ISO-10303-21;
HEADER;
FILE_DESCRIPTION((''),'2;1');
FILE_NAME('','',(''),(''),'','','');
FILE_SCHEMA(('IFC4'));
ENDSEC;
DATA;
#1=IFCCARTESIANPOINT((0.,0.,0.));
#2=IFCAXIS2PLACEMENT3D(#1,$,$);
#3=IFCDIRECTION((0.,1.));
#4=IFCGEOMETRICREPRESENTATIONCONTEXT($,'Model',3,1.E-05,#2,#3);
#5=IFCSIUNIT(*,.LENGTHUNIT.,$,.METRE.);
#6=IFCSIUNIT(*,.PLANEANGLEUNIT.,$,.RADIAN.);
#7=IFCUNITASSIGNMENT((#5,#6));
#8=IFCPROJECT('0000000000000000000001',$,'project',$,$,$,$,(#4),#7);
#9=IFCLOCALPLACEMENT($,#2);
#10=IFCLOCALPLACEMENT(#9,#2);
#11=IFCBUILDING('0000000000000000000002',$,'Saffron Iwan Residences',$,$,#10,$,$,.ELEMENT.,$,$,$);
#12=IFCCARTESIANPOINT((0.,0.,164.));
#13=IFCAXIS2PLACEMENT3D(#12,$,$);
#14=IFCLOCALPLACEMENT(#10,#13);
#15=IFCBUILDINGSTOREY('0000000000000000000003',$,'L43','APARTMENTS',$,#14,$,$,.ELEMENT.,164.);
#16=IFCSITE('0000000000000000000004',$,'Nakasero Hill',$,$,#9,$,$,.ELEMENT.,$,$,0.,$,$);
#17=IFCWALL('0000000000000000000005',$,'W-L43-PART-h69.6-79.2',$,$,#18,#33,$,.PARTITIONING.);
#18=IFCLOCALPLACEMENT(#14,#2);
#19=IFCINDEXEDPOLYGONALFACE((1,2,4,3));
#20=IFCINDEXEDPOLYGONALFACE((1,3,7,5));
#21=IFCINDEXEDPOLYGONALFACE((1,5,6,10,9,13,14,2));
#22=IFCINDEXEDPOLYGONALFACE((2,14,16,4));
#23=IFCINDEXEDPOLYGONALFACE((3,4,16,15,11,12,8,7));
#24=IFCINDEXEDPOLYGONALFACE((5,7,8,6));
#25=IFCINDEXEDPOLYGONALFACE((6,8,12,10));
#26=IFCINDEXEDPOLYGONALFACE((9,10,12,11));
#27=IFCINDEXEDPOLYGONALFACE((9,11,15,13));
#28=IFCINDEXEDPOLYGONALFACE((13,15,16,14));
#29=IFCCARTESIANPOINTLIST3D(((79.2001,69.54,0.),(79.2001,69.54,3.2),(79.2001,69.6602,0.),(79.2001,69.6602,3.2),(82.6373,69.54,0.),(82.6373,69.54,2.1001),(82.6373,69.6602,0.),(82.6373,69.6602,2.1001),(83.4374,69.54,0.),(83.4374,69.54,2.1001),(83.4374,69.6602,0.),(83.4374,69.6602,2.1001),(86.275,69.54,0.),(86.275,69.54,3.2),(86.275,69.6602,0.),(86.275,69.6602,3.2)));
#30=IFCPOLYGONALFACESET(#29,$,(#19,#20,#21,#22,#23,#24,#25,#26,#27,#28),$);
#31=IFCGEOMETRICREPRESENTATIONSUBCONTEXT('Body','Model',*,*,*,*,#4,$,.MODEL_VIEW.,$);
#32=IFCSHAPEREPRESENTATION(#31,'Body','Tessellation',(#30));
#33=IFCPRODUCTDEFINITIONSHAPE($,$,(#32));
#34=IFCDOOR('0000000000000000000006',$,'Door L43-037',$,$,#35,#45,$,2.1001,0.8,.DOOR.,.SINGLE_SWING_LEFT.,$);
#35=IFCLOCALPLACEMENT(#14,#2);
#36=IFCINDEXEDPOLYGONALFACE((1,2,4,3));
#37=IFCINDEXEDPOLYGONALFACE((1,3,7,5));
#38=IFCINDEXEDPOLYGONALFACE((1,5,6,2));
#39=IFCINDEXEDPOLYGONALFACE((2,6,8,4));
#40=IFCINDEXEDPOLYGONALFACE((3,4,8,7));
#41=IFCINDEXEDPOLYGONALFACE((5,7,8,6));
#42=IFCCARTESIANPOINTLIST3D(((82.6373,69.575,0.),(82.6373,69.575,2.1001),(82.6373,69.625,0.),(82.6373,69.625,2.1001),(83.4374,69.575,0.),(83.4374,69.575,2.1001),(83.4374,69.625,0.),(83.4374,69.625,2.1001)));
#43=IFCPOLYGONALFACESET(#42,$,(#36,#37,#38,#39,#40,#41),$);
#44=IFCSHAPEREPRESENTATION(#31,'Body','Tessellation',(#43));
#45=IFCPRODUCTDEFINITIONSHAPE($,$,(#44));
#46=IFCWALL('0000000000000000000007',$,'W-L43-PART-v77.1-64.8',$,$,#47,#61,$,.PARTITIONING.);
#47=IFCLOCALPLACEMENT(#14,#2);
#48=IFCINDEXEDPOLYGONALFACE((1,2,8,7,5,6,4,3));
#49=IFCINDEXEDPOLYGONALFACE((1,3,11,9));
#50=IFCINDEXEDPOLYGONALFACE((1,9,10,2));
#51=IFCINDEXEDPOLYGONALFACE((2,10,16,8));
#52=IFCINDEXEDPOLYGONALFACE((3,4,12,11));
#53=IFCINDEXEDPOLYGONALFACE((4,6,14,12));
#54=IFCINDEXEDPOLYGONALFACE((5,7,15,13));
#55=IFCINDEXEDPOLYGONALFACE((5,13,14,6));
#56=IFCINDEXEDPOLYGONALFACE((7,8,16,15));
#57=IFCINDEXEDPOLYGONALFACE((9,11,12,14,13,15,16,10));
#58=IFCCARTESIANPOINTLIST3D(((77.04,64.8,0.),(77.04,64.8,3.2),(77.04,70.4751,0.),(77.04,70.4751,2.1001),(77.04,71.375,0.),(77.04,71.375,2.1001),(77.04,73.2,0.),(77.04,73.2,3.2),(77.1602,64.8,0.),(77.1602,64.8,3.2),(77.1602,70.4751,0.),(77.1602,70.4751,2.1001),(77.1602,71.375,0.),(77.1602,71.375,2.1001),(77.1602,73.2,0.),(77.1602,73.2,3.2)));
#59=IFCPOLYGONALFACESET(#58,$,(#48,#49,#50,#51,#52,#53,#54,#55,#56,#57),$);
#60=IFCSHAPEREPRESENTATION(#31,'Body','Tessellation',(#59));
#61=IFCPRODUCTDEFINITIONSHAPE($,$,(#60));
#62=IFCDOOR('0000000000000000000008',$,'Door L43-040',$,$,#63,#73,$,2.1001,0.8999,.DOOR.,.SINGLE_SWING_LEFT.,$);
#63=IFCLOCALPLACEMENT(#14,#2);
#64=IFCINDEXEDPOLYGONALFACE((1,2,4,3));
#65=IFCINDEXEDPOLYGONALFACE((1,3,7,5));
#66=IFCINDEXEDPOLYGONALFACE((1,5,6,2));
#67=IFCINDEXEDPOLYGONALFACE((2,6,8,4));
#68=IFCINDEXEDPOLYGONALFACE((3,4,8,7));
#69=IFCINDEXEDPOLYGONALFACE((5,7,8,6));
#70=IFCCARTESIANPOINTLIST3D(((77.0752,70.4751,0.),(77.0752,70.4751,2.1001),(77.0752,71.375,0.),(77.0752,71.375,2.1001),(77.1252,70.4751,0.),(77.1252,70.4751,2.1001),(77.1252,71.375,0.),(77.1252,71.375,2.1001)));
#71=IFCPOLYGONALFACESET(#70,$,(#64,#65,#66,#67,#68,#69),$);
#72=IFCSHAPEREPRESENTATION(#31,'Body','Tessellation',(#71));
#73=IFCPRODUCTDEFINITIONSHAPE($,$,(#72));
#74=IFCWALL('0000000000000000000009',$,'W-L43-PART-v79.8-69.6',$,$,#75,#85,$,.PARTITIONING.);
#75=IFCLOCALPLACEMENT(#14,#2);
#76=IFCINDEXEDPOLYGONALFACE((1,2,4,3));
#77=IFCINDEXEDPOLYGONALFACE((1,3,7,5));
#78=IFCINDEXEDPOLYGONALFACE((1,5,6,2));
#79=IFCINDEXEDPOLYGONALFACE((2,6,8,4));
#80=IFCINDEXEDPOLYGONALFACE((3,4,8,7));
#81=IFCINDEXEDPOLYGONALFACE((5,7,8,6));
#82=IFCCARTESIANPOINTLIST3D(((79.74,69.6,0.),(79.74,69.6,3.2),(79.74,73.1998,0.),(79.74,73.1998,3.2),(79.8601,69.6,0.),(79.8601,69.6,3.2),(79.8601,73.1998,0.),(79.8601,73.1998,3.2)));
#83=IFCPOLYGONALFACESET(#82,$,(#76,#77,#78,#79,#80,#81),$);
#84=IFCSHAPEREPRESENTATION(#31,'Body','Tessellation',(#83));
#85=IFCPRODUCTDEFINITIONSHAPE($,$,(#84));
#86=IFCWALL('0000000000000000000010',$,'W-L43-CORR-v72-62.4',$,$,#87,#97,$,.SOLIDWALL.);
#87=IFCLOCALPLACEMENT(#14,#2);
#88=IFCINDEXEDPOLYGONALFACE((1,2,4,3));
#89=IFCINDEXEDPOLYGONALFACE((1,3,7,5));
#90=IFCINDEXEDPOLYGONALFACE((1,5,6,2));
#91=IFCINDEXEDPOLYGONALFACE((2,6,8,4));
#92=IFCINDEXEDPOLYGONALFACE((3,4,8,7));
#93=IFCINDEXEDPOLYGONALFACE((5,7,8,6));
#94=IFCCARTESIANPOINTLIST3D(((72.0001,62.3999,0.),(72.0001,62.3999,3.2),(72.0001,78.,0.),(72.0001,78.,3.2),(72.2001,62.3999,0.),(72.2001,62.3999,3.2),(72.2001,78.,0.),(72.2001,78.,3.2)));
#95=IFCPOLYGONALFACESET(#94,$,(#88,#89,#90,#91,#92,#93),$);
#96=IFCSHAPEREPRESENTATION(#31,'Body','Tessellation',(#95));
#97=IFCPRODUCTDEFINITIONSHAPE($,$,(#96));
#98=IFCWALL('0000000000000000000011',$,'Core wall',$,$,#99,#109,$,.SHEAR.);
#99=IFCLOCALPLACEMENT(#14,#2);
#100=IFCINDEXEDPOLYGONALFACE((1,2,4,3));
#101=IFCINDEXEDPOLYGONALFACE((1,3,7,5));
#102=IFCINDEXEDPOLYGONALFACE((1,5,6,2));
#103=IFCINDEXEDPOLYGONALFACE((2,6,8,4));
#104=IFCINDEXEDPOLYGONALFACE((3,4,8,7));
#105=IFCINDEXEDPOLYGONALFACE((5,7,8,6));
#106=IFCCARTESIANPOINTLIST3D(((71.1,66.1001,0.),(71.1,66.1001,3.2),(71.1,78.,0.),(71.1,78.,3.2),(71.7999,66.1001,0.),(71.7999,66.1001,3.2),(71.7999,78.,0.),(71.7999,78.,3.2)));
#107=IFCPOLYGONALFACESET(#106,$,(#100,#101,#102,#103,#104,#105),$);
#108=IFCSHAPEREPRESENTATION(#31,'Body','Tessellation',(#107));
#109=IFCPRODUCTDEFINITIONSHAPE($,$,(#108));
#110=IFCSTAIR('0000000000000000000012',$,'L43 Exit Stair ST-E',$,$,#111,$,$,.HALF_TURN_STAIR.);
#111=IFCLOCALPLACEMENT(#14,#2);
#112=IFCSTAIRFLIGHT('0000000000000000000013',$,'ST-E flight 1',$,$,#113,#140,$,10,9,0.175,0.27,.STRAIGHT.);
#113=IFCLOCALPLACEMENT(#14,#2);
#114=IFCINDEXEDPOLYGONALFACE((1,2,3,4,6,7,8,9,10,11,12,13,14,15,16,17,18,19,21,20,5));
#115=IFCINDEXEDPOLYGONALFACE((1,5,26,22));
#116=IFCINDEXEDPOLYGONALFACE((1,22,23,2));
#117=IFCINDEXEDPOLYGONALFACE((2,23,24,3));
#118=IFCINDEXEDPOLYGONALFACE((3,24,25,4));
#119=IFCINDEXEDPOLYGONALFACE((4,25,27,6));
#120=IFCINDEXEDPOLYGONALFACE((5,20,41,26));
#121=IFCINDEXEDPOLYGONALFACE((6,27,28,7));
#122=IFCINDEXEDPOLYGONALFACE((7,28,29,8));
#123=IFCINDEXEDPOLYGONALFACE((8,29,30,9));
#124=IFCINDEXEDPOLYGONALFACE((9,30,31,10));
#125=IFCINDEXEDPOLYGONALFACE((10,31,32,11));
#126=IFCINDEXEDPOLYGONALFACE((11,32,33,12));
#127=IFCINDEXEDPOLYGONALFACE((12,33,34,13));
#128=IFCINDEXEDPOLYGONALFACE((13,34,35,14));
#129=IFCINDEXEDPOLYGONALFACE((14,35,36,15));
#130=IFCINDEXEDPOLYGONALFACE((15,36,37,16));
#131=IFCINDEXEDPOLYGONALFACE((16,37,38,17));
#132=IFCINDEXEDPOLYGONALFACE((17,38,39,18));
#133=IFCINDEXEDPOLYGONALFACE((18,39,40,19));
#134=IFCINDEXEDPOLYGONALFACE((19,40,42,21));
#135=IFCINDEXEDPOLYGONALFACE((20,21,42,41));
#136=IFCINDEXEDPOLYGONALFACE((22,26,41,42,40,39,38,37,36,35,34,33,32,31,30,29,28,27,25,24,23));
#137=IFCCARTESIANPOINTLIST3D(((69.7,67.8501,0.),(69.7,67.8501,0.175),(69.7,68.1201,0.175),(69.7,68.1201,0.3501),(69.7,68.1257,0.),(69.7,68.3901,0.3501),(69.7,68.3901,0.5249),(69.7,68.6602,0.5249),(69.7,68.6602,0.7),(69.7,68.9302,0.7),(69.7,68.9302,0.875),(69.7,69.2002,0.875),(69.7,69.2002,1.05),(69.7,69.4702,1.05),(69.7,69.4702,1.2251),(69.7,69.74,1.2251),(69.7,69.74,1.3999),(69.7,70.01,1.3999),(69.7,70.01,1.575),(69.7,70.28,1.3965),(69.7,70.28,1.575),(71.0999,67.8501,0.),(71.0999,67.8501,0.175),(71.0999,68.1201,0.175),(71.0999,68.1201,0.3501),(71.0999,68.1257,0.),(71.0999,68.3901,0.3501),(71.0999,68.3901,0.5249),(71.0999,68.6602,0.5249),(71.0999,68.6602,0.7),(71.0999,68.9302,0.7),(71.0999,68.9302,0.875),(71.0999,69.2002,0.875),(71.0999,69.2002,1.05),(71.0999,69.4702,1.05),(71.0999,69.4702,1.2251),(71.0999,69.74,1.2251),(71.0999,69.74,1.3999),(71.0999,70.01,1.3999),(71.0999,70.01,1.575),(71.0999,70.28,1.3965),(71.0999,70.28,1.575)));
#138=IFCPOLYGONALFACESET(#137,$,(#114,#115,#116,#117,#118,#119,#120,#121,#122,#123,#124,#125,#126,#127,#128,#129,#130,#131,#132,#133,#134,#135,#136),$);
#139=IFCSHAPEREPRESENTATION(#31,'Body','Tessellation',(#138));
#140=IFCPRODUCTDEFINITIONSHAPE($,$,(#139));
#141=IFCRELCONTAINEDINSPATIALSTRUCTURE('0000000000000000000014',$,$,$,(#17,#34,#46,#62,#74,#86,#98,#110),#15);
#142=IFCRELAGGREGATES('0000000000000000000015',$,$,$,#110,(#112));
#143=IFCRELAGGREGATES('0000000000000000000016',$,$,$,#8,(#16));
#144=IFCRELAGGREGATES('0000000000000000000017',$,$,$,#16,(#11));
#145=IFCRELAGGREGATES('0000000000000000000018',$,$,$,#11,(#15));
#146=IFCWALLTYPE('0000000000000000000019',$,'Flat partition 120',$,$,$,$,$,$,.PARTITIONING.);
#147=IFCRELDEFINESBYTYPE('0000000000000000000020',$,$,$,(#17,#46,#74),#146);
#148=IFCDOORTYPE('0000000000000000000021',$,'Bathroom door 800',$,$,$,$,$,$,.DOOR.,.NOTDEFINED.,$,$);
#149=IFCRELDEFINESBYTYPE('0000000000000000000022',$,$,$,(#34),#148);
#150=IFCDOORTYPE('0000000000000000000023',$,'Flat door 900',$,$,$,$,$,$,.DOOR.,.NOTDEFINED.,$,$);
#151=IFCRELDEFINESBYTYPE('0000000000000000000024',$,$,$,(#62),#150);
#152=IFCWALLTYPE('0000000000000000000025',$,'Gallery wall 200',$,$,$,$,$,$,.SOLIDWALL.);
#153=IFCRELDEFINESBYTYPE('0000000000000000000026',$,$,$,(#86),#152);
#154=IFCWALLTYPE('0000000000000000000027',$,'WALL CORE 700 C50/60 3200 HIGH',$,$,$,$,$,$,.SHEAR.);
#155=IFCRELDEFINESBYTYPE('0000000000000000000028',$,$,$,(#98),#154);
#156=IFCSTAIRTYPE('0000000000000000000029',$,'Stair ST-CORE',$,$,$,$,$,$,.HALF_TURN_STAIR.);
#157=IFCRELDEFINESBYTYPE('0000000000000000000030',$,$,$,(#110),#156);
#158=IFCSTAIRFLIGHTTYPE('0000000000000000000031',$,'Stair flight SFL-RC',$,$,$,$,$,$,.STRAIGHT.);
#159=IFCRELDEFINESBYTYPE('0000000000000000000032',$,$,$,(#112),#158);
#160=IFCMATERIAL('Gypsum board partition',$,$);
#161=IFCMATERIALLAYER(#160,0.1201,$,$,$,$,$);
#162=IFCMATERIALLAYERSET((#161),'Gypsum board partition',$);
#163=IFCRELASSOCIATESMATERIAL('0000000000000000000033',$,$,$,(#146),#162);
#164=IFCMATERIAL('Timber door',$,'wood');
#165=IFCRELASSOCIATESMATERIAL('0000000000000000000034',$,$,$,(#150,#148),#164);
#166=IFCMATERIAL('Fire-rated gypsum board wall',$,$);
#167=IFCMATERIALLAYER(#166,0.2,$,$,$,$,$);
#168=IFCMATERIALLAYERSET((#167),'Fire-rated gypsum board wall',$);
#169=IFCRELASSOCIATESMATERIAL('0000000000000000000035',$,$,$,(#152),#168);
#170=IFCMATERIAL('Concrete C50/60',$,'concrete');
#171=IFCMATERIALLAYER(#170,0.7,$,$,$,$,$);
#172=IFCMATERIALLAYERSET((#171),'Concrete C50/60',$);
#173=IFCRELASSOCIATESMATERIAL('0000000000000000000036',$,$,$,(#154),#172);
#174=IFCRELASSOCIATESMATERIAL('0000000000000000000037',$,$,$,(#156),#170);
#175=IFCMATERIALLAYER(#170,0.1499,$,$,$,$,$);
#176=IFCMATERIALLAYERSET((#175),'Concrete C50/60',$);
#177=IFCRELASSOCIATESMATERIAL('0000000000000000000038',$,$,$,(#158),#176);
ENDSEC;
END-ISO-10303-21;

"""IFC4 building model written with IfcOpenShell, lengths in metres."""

from ifc_helpers import new_model, si_unit, direction, frame, frame_2d, origin, place, context, subcontext, project, spatial, polyline, rectangle, outline, extrude, material, layer, layer_set, type_object, element, fill, aggregate, save


model = new_model("IFC4")

# Units and contexts
model_context = context("Model", 3, precision=1e-05, world=origin(), true_north=direction((0.0, 1.0)))
body_context = subcontext(model_context, "Body", "Model", "MODEL_VIEW")
ifc_project = project(units=[si_unit("LENGTHUNIT", "METRE"), si_unit("PLANEANGLEUNIT", "RADIAN")], contexts=[model_context])

# Site, building, storey
site_placement = place(None, origin())
site = spatial("IfcSite", under=ifc_project, at=site_placement, Name="Nakasero Hill", CompositionType="ELEMENT", RefElevation=0.0)
building_placement = place(site_placement, origin())
building = spatial("IfcBuilding", under=site, at=building_placement, Name="Saffron Iwan Residences", CompositionType="ELEMENT")
storey_placement = place(building_placement, frame((0.0, 0.0, 164.0)))
storey = spatial("IfcBuildingStorey", under=building, at=storey_placement, Name="L43", Description="APARTMENTS", CompositionType="ELEMENT", Elevation=164.0)

# Shared definitions
ifc_material_1 = material(Name="Concrete C50/60", Category="concrete")

# Shared definitions
ifc_material_2 = material(Name="Fire-rated gypsum board wall")
ifc_material_3 = material(Name="Gypsum board partition")
ifc_layer_1 = layer(ifc_material_3, 0.1201)
ifc_layer_set_1 = layer_set([ifc_layer_1], Name="Gypsum board partition")
wall_type_1 = type_object("IfcWallType", Name="Flat partition 120", PredefinedType="PARTITIONING", material=ifc_layer_set_1)

# Shared definitions
ifc_material_4 = material(Name="Timber door", Category="wood")
door_type_1 = type_object("IfcDoorType", Name="Flat door 900", OperationType="NOTDEFINED", PredefinedType="DOOR", material=ifc_material_4)

# Walls, openings, doors
wall_1_placement = place(storey_placement, frame((79.2, 69.6001, 0.0), z_axis=(0.0, 0.0, 1.0), x_axis=(1.0, 0.0, 0.0)))
wall_1 = element("IfcWall", 1, at=wall_1_placement, inside=storey, type_object=wall_type_1, Name="W-L43-PART-h69.6-79.2", PredefinedType="PARTITIONING", context=body_context, shape_type="SweptSolid", body=[
    extrude(rectangle(XDim=7.075, YDim=0.1201, at=frame_2d((3.5376, 0.0))), origin(), (0.0, 0.0, 1.0), 3.2),
])
opening_1_placement = place(wall_1_placement, frame((3.4375, 0.0, 0.0)))
opening_1 = element("IfcOpeningElement", 2, at=opening_1_placement, cuts=wall_1, PredefinedType="OPENING", context=body_context, shape_type="SweptSolid", body=[
    extrude(rectangle(XDim=0.8, YDim=2.1001, at=frame_2d((0.3999, 1.05))), frame((0.0, 0.0701, 0.0), z_axis=(0.0, -1.0, 0.0), x_axis=(1.0, 0.0, 0.0)), (0.0, 0.0, 1.0), 0.1401),
])
door_type_2 = type_object("IfcDoorType", Name="Bathroom door 800", OperationType="NOTDEFINED", PredefinedType="DOOR", material=ifc_material_4)
door_1_placement = place(opening_1_placement, origin())
door_1 = element("IfcDoor", 3, at=door_1_placement, inside=storey, type_object=door_type_2, Name="Door L43-037", OperationType="SINGLE_SWING_LEFT", OverallHeight=2.1001, OverallWidth=0.8, PredefinedType="DOOR", context=body_context, shape_type="SweptSolid", body=[
    extrude(rectangle(XDim=0.8, YDim=2.1001, at=frame_2d((0.3999, 1.05))), frame((0.0, 0.0249, 0.0), z_axis=(0.0, -1.0, 0.0), x_axis=(1.0, 0.0, 0.0)), (0.0, 0.0, 1.0), 0.05),
])
fill(opening_1, door_1)
wall_2_placement = place(storey_placement, frame((77.1001, 64.8, 0.0), z_axis=(0.0, 0.0, 1.0), x_axis=(0.0, 1.0, 0.0)))
wall_2 = element("IfcWall", 4, at=wall_2_placement, inside=storey, type_object=wall_type_1, Name="W-L43-PART-v77.1-64.8", PredefinedType="PARTITIONING", context=body_context, shape_type="SweptSolid", body=[
    extrude(rectangle(XDim=8.3999, YDim=0.1201, at=frame_2d((4.2, 0.0))), origin(), (0.0, 0.0, 1.0), 3.2),
])
opening_2_placement = place(wall_2_placement, frame((5.675, 0.0, 0.0)))
opening_2 = element("IfcOpeningElement", 5, at=opening_2_placement, cuts=wall_2, PredefinedType="OPENING", context=body_context, shape_type="SweptSolid", body=[
    extrude(rectangle(XDim=0.8999, YDim=2.1001, at=frame_2d((0.45, 1.05))), frame((0.0, 0.0701, 0.0), z_axis=(0.0, -1.0, 0.0), x_axis=(1.0, 0.0, 0.0)), (0.0, 0.0, 1.0), 0.1401),
])
door_2_placement = place(opening_2_placement, origin())
door_2 = element("IfcDoor", 6, at=door_2_placement, inside=storey, type_object=door_type_1, Name="Door L43-040", OperationType="SINGLE_SWING_LEFT", OverallHeight=2.1001, OverallWidth=0.8999, PredefinedType="DOOR", context=body_context, shape_type="SweptSolid", body=[
    extrude(rectangle(XDim=0.8999, YDim=2.1001, at=frame_2d((0.45, 1.05))), frame((0.0, 0.0249, 0.0), z_axis=(0.0, -1.0, 0.0), x_axis=(1.0, 0.0, 0.0)), (0.0, 0.0, 1.0), 0.05),
])
fill(opening_2, door_2)

# Walls
wall_3_placement = place(storey_placement, frame((79.8, 69.6001, 0.0), z_axis=(0.0, 0.0, 1.0), x_axis=(0.0, 1.0, 0.0)))
element("IfcWall", 7, at=wall_3_placement, inside=storey, type_object=wall_type_1, Name="W-L43-PART-v79.8-69.6", PredefinedType="PARTITIONING", context=body_context, shape_type="SweptSolid", body=[
    extrude(rectangle(XDim=3.5999, YDim=0.1201, at=frame_2d((1.7998, 0.0))), origin(), (0.0, 0.0, 1.0), 3.2),
])
ifc_layer_2 = layer(ifc_material_2, 0.2)
ifc_layer_set_2 = layer_set([ifc_layer_2], Name="Fire-rated gypsum board wall")
wall_type_2 = type_object("IfcWallType", Name="Gallery wall 200", PredefinedType="SOLIDWALL", material=ifc_layer_set_2)
wall_4_placement = place(storey_placement, frame((72.1001, 62.3999, 0.0), z_axis=(0.0, 0.0, 1.0), x_axis=(0.0, 1.0, 0.0)))
element("IfcWall", 8, at=wall_4_placement, inside=storey, type_object=wall_type_2, Name="W-L43-CORR-v72-62.4", PredefinedType="SOLIDWALL", context=body_context, shape_type="SweptSolid", body=[
    extrude(rectangle(XDim=15.6001, YDim=0.2, at=frame_2d((7.8, 0.0))), origin(), (0.0, 0.0, 1.0), 3.2),
])
ifc_layer_3 = layer(ifc_material_1, 0.7)
ifc_layer_set_3 = layer_set([ifc_layer_3], Name="Concrete C50/60")
wall_type_3 = type_object("IfcWallType", Name="WALL CORE 700 C50/60 3200 HIGH", PredefinedType="SHEAR", material=ifc_layer_set_3)
wall_5_placement = place(storey_placement, frame((71.45, 66.1001, 0.0), z_axis=(0.0, 0.0, 1.0), x_axis=(0.0, 1.0, 0.0)))
element("IfcWall", 9, at=wall_5_placement, inside=storey, type_object=wall_type_3, Name="Core wall", PredefinedType="SHEAR", context=body_context, shape_type="SweptSolid", body=[
    extrude(rectangle(XDim=11.8999, YDim=0.7, at=frame_2d((5.95, 0.0))), origin(), (0.0, 0.0, 1.0), 3.2),
])

# Stair, stair flight
stair_type = type_object("IfcStairType", Name="Stair ST-CORE", PredefinedType="HALF_TURN_STAIR", material=ifc_material_1)
stair_placement = place(storey_placement, origin())
stair = element("IfcStair", 10, at=stair_placement, inside=storey, type_object=stair_type, Name="L43 Exit Stair ST-E", PredefinedType="HALF_TURN_STAIR")
ifc_layer_4 = layer(ifc_material_1, 0.1499)
ifc_layer_set_4 = layer_set([ifc_layer_4], Name="Concrete C50/60")
stair_flight_type = type_object("IfcStairFlightType", Name="Stair flight SFL-RC", PredefinedType="STRAIGHT", material=ifc_layer_set_4)
stair_flight_placement = place(storey_placement, frame((70.3999, 67.8501, 0.0), z_axis=(0.0, 0.0, 1.0), x_axis=(0.0, 1.0, 0.0)))
stair_flight = element("IfcStairFlight", 11, at=stair_flight_placement, type_object=stair_flight_type, Name="ST-E flight 1", NumberOfRisers=10, NumberOfTreads=9, PredefinedType="STRAIGHT", RiserHeight=0.175, TreadLength=0.27, context=body_context, shape_type="SweptSolid", body=[
    extrude(outline(polyline([(0.0, 0.0), (0.0, 0.175), (0.27, 0.175), (0.27, 0.3501), (0.54, 0.3501), (0.54, 0.5249), (0.8101, 0.5249), (0.8101, 0.7), (1.0801, 0.7), (1.0801, 0.875), (1.3501, 0.875), (1.3501, 1.05), (1.6201, 1.05), (1.6201, 1.2251), (1.8899, 1.2251), (1.8899, 1.3999), (2.1599, 1.3999), (2.1599, 1.575), (2.4299, 1.575), (2.4299, 1.75), (2.4299, 1.3965), (0.2756, 0.0), (0.0, 0.0)])), frame((0.0, 0.7, 0.0), z_axis=(0.0, -1.0, 0.0), x_axis=(1.0, 0.0, 0.0)), (0.0, 0.0, 1.0), 1.3999),
])
aggregate(stair, [stair_flight])

save(model, "model.ifc")
